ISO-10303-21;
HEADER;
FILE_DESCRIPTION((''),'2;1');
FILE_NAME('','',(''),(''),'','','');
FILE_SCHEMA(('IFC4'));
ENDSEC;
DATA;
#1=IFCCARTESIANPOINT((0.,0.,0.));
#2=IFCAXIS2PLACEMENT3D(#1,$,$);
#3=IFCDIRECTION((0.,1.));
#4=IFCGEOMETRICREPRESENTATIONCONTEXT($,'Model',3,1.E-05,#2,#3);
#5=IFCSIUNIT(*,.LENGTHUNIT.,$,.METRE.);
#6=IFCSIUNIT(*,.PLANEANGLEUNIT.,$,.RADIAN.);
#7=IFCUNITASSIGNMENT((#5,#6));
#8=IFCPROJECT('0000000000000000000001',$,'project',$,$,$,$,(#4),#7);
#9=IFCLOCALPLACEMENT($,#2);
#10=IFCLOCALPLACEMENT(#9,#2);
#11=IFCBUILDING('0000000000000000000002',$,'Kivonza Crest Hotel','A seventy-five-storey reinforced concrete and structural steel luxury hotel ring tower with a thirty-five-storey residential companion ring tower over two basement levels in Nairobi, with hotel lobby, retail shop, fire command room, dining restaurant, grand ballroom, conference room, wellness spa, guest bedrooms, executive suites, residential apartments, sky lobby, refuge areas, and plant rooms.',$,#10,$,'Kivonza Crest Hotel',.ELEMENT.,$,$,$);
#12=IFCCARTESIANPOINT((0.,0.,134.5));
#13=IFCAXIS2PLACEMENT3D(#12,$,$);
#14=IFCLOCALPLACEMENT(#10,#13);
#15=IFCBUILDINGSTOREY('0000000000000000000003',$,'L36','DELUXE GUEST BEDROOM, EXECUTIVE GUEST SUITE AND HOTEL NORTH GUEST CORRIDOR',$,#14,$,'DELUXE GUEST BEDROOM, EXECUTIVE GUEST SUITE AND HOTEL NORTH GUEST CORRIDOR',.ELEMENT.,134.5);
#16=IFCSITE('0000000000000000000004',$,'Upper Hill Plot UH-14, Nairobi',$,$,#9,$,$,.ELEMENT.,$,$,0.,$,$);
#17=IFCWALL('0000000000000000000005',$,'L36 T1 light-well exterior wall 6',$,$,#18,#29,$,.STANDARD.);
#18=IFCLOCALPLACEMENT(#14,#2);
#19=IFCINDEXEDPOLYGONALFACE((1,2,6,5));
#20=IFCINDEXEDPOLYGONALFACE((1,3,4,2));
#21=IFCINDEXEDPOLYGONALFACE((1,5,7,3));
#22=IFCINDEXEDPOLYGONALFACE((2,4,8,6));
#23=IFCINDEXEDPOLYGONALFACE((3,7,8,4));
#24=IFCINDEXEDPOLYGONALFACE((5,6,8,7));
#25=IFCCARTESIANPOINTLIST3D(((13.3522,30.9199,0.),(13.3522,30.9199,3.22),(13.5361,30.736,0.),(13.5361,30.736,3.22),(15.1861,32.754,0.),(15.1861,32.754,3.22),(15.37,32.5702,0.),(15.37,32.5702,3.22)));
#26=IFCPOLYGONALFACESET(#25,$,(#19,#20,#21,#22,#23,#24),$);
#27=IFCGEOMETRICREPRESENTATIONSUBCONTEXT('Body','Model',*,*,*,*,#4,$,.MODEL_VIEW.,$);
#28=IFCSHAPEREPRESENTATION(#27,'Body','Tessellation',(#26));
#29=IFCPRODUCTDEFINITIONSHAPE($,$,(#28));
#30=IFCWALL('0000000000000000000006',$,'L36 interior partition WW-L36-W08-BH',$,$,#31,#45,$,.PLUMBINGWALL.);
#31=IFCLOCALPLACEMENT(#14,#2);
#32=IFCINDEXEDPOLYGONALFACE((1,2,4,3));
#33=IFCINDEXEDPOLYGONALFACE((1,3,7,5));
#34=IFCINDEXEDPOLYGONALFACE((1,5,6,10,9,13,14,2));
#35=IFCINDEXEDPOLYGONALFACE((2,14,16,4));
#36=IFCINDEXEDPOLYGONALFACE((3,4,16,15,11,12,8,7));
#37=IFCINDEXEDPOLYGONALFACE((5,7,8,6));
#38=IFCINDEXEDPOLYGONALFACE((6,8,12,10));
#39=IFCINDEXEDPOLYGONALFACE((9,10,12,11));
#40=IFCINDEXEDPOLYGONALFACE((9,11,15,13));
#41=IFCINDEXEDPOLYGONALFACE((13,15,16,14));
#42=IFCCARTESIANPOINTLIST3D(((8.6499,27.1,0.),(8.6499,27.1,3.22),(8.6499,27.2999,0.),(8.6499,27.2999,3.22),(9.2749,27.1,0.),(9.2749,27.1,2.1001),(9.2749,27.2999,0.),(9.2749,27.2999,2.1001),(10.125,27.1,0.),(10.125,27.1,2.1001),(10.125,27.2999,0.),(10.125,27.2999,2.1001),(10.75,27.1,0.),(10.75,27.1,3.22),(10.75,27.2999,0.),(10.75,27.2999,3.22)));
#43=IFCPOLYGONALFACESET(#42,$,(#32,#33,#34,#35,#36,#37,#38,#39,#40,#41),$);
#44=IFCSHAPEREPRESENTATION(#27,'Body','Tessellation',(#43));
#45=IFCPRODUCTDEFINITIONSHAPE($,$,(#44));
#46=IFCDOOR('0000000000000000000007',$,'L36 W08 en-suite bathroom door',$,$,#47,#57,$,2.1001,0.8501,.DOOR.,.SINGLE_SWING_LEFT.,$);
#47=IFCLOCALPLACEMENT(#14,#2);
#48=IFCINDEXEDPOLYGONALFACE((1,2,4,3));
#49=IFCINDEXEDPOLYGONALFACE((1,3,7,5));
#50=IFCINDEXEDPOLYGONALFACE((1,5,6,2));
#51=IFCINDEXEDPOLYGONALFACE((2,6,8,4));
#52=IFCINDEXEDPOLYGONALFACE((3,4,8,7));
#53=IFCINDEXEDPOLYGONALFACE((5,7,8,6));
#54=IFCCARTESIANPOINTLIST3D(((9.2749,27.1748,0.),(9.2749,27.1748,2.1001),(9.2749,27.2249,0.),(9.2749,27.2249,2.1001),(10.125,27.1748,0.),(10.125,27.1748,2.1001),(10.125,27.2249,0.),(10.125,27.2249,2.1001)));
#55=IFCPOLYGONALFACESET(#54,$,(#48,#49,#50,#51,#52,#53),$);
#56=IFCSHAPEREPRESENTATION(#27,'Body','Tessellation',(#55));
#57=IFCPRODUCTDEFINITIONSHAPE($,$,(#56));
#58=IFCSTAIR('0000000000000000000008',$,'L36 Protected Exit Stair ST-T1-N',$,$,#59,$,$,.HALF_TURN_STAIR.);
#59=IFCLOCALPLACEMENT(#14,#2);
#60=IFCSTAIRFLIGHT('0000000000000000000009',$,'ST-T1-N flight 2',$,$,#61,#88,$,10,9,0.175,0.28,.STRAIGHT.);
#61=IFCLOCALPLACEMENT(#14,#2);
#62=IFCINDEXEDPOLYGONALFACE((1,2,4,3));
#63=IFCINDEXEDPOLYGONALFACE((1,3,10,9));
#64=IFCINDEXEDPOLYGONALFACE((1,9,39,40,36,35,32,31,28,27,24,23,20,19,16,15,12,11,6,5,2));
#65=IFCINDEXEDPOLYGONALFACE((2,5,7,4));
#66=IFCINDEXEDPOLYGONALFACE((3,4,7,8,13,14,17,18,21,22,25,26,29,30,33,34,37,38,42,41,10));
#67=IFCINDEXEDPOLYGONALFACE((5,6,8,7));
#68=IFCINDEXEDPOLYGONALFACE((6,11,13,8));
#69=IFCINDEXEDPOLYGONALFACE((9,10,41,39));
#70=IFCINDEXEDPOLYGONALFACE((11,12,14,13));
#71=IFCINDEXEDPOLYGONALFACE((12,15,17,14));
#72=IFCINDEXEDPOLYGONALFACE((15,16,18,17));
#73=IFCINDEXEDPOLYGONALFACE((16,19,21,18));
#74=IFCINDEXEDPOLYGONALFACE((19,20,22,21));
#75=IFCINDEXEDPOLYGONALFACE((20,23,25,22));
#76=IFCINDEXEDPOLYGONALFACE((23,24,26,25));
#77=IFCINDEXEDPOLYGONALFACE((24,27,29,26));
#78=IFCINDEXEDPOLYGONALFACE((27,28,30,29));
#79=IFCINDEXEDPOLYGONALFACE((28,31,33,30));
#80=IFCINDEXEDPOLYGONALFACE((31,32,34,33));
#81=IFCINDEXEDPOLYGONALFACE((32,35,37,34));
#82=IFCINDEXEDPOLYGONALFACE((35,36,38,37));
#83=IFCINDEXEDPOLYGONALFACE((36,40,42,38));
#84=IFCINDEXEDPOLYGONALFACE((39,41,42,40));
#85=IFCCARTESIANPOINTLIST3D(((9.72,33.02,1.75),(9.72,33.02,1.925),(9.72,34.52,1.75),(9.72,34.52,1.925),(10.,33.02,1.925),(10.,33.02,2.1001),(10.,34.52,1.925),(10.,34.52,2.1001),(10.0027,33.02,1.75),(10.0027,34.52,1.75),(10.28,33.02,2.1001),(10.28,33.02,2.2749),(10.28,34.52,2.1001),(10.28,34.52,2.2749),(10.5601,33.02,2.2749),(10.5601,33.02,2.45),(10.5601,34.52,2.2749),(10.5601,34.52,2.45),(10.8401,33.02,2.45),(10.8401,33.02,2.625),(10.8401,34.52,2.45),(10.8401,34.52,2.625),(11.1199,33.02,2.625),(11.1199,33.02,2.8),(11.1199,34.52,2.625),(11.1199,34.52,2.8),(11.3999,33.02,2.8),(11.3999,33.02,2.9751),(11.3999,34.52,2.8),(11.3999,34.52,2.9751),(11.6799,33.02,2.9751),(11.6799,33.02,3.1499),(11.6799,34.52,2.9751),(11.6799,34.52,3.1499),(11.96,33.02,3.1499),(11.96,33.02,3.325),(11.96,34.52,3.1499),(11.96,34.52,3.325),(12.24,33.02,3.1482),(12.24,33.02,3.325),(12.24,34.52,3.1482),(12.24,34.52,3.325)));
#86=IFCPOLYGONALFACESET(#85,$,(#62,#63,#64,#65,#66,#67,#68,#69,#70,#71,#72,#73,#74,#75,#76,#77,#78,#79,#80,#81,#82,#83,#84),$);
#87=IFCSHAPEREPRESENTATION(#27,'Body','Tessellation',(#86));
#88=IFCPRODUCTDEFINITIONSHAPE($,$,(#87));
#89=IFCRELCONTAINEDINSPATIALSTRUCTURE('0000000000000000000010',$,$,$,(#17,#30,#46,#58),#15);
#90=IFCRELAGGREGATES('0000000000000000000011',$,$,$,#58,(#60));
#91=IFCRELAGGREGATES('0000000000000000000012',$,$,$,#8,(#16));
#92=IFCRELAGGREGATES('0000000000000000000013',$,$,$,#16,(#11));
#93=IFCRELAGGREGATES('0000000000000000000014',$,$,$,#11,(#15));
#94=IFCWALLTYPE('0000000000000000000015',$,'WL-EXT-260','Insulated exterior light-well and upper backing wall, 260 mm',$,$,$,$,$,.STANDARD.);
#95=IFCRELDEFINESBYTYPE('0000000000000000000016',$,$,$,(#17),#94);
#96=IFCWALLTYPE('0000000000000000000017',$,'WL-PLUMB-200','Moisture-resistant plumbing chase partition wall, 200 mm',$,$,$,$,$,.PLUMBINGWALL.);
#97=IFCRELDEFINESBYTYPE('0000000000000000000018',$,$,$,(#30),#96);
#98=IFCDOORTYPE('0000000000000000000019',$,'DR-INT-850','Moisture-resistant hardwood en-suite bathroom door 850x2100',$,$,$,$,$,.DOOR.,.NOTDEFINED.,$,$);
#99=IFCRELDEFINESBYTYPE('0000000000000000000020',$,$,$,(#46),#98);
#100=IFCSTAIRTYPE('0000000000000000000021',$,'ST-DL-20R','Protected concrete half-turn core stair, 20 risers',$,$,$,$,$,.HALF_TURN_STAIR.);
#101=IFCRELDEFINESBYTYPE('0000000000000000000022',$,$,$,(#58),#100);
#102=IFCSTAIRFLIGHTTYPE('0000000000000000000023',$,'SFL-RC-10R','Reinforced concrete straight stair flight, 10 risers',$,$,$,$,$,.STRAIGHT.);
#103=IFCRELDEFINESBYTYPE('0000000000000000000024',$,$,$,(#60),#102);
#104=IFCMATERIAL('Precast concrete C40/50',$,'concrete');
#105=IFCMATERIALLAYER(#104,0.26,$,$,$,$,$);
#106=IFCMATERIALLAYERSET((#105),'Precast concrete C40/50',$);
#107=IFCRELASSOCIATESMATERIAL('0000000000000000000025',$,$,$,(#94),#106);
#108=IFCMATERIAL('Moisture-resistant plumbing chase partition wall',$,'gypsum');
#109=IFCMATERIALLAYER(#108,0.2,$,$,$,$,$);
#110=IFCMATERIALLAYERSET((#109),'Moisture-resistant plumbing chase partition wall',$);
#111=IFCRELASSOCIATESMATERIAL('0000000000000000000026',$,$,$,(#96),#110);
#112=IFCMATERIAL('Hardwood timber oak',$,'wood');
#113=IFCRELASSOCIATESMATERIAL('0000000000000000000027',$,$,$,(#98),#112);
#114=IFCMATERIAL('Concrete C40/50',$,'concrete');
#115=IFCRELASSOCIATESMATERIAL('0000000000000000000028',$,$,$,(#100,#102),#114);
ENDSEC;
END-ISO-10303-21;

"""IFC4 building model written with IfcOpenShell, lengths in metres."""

from ifc_helpers import new_model, si_unit, direction, frame, frame_2d, origin, place, context, subcontext, project, spatial, polyline, rectangle, outline, extrude, material, layer, layer_set, type_object, element, fill, aggregate, save


model = new_model("IFC4")

# Units and contexts
model_context = context("Model", 3, precision=1e-05, world=origin(), true_north=direction((0.0, 1.0)))
body_context = subcontext(model_context, "Body", "Model", "MODEL_VIEW")
ifc_project = project(units=[si_unit("LENGTHUNIT", "METRE"), si_unit("PLANEANGLEUNIT", "RADIAN")], contexts=[model_context])

# Site, building, storey
site_placement = place(None, origin())
site = spatial("IfcSite", under=ifc_project, at=site_placement, Name="Upper Hill Plot UH-14, Nairobi", CompositionType="ELEMENT", RefElevation=0.0)
building_placement = place(site_placement, origin())
building = spatial("IfcBuilding", under=site, at=building_placement, Name="Kivonza Crest Hotel", Description="A seventy-five-storey reinforced concrete and structural steel luxury hotel ring tower with a thirty-five-storey residential companion ring tower over two basement levels in Nairobi, with hotel lobby, retail shop, fire command room, dining restaurant, grand ballroom, conference room, wellness spa, guest bedrooms, executive suites, residential apartments, sky lobby, refuge areas, and plant rooms.", LongName="Kivonza Crest Hotel", CompositionType="ELEMENT")
storey_placement = place(building_placement, frame((0.0, 0.0, 134.5)))
storey = spatial("IfcBuildingStorey", under=building, at=storey_placement, Name="L36", Description="DELUXE GUEST BEDROOM, EXECUTIVE GUEST SUITE AND HOTEL NORTH GUEST CORRIDOR", LongName="DELUXE GUEST BEDROOM, EXECUTIVE GUEST SUITE AND HOTEL NORTH GUEST CORRIDOR", CompositionType="ELEMENT", Elevation=134.5)

# Shared definitions
ifc_material_1 = material(Name="Hardwood timber oak", Category="wood")

# Wall
ifc_material_2 = material(Name="Precast concrete C40/50", Category="concrete")
ifc_layer_1 = layer(ifc_material_2, 0.26)
ifc_layer_set_1 = layer_set([ifc_layer_1], Name="Precast concrete C40/50")
wall_type_1 = type_object("IfcWallType", Name="WL-EXT-260", Description="Insulated exterior light-well and upper backing wall, 260 mm", PredefinedType="STANDARD", material=ifc_layer_set_1)
wall_1_placement = place(storey_placement, frame((15.2781, 32.6621, 0.0), z_axis=(0.0, 0.0, 1.0), x_axis=(-0.70706, -0.707154, 0.0)))
element("IfcWall", 1, at=wall_1_placement, inside=storey, type_object=wall_type_1, Name="L36 T1 light-well exterior wall 6", PredefinedType="STANDARD", context=body_context, shape_type="SweptSolid", body=[
    extrude(rectangle(XDim=2.5938, YDim=0.26, at=frame_2d((1.2969, 0.0))), origin(), (0.0, 0.0, 1.0), 3.22),
])

# Wall, opening, door
ifc_material_3 = material(Name="Moisture-resistant plumbing chase partition wall", Category="gypsum")
ifc_layer_2 = layer(ifc_material_3, 0.2)
ifc_layer_set_2 = layer_set([ifc_layer_2], Name="Moisture-resistant plumbing chase partition wall")
wall_type_2 = type_object("IfcWallType", Name="WL-PLUMB-200", Description="Moisture-resistant plumbing chase partition wall, 200 mm", PredefinedType="PLUMBINGWALL", material=ifc_layer_set_2)
wall_2_placement = place(storey_placement, frame((8.6499, 27.2, 0.0), z_axis=(0.0, 0.0, 1.0), x_axis=(1.0, 0.0, 0.0)))
wall_2 = element("IfcWall", 2, at=wall_2_placement, inside=storey, type_object=wall_type_2, Name="L36 interior partition WW-L36-W08-BH", PredefinedType="PLUMBINGWALL", context=body_context, shape_type="SweptSolid", body=[
    extrude(rectangle(XDim=2.1001, YDim=0.2, at=frame_2d((1.05, 0.0))), origin(), (0.0, 0.0, 1.0), 3.22),
])
opening_1_placement = place(wall_2_placement, frame((0.625, 0.0, 0.0)))
opening_1 = element("IfcOpeningElement", 3, at=opening_1_placement, cuts=wall_2, PredefinedType="OPENING", context=body_context, shape_type="SweptSolid", body=[
    extrude(rectangle(XDim=0.8501, YDim=2.1001, at=frame_2d((0.425, 1.05))), frame((0.0, 0.1099, 0.0), z_axis=(0.0, -1.0, 0.0), x_axis=(1.0, 0.0, 0.0)), (0.0, 0.0, 1.0), 0.22),
])
door_type_1 = type_object("IfcDoorType", Name="DR-INT-850", Description="Moisture-resistant hardwood en-suite bathroom door 850x2100", OperationType="NOTDEFINED", PredefinedType="DOOR", material=ifc_material_1)
door_1_placement = place(opening_1_placement, origin())
door_1 = element("IfcDoor", 4, at=door_1_placement, inside=storey, type_object=door_type_1, Name="L36 W08 en-suite bathroom door", OperationType="SINGLE_SWING_LEFT", OverallHeight=2.1001, OverallWidth=0.8501, PredefinedType="DOOR", context=body_context, shape_type="SweptSolid", body=[
    extrude(rectangle(XDim=0.8501, YDim=2.1001, at=frame_2d((0.425, 1.05))), frame((0.0, 0.0249, 0.0), z_axis=(0.0, -1.0, 0.0), x_axis=(1.0, 0.0, 0.0)), (0.0, 0.0, 1.0), 0.05),
])
fill(opening_1, door_1)

# Stair, stair flight
ifc_material_4 = material(Name="Concrete C40/50", Category="concrete")
stair_type = type_object("IfcStairType", Name="ST-DL-20R", Description="Protected concrete half-turn core stair, 20 risers", PredefinedType="HALF_TURN_STAIR", material=ifc_material_4)
stair_placement = place(storey_placement, origin())
stair = element("IfcStair", 5, at=stair_placement, inside=storey, type_object=stair_type, Name="L36 Protected Exit Stair ST-T1-N", PredefinedType="HALF_TURN_STAIR")
stair_flight_type = type_object("IfcStairFlightType", Name="SFL-RC-10R", Description="Reinforced concrete straight stair flight, 10 risers", PredefinedType="STRAIGHT", material=ifc_material_4)
stair_flight_placement = place(storey_placement, frame((9.72, 33.77, 1.75), z_axis=(0.0, 0.0, 1.0), x_axis=(1.0, 0.0, 0.0)))
stair_flight = element("IfcStairFlight", 6, at=stair_flight_placement, type_object=stair_flight_type, Name="ST-T1-N flight 2", NumberOfRisers=10, NumberOfTreads=9, PredefinedType="STRAIGHT", RiserHeight=0.175, TreadLength=0.28, context=body_context, shape_type="SweptSolid", body=[
    extrude(outline(polyline([(0.0, 0.0), (0.0, 0.175), (0.28, 0.175), (0.28, 0.3501), (0.5601, 0.3501), (0.5601, 0.5249), (0.8401, 0.5249), (0.8401, 0.7), (1.1201, 0.7), (1.1201, 0.875), (1.3999, 0.875), (1.3999, 1.05), (1.6799, 1.05), (1.6799, 1.2251), (1.96, 1.2251), (1.96, 1.3999), (2.24, 1.3999), (2.24, 1.575), (2.52, 1.575), (2.52, 1.75), (2.52, 1.3982), (0.2827, 0.0), (0.0, 0.0)])), frame((0.0, 0.75, 0.0), z_axis=(0.0, -1.0, 0.0), x_axis=(1.0, 0.0, 0.0)), (0.0, 0.0, 1.0), 1.5),
])
aggregate(stair, [stair_flight])

save(model, "model.ifc")
